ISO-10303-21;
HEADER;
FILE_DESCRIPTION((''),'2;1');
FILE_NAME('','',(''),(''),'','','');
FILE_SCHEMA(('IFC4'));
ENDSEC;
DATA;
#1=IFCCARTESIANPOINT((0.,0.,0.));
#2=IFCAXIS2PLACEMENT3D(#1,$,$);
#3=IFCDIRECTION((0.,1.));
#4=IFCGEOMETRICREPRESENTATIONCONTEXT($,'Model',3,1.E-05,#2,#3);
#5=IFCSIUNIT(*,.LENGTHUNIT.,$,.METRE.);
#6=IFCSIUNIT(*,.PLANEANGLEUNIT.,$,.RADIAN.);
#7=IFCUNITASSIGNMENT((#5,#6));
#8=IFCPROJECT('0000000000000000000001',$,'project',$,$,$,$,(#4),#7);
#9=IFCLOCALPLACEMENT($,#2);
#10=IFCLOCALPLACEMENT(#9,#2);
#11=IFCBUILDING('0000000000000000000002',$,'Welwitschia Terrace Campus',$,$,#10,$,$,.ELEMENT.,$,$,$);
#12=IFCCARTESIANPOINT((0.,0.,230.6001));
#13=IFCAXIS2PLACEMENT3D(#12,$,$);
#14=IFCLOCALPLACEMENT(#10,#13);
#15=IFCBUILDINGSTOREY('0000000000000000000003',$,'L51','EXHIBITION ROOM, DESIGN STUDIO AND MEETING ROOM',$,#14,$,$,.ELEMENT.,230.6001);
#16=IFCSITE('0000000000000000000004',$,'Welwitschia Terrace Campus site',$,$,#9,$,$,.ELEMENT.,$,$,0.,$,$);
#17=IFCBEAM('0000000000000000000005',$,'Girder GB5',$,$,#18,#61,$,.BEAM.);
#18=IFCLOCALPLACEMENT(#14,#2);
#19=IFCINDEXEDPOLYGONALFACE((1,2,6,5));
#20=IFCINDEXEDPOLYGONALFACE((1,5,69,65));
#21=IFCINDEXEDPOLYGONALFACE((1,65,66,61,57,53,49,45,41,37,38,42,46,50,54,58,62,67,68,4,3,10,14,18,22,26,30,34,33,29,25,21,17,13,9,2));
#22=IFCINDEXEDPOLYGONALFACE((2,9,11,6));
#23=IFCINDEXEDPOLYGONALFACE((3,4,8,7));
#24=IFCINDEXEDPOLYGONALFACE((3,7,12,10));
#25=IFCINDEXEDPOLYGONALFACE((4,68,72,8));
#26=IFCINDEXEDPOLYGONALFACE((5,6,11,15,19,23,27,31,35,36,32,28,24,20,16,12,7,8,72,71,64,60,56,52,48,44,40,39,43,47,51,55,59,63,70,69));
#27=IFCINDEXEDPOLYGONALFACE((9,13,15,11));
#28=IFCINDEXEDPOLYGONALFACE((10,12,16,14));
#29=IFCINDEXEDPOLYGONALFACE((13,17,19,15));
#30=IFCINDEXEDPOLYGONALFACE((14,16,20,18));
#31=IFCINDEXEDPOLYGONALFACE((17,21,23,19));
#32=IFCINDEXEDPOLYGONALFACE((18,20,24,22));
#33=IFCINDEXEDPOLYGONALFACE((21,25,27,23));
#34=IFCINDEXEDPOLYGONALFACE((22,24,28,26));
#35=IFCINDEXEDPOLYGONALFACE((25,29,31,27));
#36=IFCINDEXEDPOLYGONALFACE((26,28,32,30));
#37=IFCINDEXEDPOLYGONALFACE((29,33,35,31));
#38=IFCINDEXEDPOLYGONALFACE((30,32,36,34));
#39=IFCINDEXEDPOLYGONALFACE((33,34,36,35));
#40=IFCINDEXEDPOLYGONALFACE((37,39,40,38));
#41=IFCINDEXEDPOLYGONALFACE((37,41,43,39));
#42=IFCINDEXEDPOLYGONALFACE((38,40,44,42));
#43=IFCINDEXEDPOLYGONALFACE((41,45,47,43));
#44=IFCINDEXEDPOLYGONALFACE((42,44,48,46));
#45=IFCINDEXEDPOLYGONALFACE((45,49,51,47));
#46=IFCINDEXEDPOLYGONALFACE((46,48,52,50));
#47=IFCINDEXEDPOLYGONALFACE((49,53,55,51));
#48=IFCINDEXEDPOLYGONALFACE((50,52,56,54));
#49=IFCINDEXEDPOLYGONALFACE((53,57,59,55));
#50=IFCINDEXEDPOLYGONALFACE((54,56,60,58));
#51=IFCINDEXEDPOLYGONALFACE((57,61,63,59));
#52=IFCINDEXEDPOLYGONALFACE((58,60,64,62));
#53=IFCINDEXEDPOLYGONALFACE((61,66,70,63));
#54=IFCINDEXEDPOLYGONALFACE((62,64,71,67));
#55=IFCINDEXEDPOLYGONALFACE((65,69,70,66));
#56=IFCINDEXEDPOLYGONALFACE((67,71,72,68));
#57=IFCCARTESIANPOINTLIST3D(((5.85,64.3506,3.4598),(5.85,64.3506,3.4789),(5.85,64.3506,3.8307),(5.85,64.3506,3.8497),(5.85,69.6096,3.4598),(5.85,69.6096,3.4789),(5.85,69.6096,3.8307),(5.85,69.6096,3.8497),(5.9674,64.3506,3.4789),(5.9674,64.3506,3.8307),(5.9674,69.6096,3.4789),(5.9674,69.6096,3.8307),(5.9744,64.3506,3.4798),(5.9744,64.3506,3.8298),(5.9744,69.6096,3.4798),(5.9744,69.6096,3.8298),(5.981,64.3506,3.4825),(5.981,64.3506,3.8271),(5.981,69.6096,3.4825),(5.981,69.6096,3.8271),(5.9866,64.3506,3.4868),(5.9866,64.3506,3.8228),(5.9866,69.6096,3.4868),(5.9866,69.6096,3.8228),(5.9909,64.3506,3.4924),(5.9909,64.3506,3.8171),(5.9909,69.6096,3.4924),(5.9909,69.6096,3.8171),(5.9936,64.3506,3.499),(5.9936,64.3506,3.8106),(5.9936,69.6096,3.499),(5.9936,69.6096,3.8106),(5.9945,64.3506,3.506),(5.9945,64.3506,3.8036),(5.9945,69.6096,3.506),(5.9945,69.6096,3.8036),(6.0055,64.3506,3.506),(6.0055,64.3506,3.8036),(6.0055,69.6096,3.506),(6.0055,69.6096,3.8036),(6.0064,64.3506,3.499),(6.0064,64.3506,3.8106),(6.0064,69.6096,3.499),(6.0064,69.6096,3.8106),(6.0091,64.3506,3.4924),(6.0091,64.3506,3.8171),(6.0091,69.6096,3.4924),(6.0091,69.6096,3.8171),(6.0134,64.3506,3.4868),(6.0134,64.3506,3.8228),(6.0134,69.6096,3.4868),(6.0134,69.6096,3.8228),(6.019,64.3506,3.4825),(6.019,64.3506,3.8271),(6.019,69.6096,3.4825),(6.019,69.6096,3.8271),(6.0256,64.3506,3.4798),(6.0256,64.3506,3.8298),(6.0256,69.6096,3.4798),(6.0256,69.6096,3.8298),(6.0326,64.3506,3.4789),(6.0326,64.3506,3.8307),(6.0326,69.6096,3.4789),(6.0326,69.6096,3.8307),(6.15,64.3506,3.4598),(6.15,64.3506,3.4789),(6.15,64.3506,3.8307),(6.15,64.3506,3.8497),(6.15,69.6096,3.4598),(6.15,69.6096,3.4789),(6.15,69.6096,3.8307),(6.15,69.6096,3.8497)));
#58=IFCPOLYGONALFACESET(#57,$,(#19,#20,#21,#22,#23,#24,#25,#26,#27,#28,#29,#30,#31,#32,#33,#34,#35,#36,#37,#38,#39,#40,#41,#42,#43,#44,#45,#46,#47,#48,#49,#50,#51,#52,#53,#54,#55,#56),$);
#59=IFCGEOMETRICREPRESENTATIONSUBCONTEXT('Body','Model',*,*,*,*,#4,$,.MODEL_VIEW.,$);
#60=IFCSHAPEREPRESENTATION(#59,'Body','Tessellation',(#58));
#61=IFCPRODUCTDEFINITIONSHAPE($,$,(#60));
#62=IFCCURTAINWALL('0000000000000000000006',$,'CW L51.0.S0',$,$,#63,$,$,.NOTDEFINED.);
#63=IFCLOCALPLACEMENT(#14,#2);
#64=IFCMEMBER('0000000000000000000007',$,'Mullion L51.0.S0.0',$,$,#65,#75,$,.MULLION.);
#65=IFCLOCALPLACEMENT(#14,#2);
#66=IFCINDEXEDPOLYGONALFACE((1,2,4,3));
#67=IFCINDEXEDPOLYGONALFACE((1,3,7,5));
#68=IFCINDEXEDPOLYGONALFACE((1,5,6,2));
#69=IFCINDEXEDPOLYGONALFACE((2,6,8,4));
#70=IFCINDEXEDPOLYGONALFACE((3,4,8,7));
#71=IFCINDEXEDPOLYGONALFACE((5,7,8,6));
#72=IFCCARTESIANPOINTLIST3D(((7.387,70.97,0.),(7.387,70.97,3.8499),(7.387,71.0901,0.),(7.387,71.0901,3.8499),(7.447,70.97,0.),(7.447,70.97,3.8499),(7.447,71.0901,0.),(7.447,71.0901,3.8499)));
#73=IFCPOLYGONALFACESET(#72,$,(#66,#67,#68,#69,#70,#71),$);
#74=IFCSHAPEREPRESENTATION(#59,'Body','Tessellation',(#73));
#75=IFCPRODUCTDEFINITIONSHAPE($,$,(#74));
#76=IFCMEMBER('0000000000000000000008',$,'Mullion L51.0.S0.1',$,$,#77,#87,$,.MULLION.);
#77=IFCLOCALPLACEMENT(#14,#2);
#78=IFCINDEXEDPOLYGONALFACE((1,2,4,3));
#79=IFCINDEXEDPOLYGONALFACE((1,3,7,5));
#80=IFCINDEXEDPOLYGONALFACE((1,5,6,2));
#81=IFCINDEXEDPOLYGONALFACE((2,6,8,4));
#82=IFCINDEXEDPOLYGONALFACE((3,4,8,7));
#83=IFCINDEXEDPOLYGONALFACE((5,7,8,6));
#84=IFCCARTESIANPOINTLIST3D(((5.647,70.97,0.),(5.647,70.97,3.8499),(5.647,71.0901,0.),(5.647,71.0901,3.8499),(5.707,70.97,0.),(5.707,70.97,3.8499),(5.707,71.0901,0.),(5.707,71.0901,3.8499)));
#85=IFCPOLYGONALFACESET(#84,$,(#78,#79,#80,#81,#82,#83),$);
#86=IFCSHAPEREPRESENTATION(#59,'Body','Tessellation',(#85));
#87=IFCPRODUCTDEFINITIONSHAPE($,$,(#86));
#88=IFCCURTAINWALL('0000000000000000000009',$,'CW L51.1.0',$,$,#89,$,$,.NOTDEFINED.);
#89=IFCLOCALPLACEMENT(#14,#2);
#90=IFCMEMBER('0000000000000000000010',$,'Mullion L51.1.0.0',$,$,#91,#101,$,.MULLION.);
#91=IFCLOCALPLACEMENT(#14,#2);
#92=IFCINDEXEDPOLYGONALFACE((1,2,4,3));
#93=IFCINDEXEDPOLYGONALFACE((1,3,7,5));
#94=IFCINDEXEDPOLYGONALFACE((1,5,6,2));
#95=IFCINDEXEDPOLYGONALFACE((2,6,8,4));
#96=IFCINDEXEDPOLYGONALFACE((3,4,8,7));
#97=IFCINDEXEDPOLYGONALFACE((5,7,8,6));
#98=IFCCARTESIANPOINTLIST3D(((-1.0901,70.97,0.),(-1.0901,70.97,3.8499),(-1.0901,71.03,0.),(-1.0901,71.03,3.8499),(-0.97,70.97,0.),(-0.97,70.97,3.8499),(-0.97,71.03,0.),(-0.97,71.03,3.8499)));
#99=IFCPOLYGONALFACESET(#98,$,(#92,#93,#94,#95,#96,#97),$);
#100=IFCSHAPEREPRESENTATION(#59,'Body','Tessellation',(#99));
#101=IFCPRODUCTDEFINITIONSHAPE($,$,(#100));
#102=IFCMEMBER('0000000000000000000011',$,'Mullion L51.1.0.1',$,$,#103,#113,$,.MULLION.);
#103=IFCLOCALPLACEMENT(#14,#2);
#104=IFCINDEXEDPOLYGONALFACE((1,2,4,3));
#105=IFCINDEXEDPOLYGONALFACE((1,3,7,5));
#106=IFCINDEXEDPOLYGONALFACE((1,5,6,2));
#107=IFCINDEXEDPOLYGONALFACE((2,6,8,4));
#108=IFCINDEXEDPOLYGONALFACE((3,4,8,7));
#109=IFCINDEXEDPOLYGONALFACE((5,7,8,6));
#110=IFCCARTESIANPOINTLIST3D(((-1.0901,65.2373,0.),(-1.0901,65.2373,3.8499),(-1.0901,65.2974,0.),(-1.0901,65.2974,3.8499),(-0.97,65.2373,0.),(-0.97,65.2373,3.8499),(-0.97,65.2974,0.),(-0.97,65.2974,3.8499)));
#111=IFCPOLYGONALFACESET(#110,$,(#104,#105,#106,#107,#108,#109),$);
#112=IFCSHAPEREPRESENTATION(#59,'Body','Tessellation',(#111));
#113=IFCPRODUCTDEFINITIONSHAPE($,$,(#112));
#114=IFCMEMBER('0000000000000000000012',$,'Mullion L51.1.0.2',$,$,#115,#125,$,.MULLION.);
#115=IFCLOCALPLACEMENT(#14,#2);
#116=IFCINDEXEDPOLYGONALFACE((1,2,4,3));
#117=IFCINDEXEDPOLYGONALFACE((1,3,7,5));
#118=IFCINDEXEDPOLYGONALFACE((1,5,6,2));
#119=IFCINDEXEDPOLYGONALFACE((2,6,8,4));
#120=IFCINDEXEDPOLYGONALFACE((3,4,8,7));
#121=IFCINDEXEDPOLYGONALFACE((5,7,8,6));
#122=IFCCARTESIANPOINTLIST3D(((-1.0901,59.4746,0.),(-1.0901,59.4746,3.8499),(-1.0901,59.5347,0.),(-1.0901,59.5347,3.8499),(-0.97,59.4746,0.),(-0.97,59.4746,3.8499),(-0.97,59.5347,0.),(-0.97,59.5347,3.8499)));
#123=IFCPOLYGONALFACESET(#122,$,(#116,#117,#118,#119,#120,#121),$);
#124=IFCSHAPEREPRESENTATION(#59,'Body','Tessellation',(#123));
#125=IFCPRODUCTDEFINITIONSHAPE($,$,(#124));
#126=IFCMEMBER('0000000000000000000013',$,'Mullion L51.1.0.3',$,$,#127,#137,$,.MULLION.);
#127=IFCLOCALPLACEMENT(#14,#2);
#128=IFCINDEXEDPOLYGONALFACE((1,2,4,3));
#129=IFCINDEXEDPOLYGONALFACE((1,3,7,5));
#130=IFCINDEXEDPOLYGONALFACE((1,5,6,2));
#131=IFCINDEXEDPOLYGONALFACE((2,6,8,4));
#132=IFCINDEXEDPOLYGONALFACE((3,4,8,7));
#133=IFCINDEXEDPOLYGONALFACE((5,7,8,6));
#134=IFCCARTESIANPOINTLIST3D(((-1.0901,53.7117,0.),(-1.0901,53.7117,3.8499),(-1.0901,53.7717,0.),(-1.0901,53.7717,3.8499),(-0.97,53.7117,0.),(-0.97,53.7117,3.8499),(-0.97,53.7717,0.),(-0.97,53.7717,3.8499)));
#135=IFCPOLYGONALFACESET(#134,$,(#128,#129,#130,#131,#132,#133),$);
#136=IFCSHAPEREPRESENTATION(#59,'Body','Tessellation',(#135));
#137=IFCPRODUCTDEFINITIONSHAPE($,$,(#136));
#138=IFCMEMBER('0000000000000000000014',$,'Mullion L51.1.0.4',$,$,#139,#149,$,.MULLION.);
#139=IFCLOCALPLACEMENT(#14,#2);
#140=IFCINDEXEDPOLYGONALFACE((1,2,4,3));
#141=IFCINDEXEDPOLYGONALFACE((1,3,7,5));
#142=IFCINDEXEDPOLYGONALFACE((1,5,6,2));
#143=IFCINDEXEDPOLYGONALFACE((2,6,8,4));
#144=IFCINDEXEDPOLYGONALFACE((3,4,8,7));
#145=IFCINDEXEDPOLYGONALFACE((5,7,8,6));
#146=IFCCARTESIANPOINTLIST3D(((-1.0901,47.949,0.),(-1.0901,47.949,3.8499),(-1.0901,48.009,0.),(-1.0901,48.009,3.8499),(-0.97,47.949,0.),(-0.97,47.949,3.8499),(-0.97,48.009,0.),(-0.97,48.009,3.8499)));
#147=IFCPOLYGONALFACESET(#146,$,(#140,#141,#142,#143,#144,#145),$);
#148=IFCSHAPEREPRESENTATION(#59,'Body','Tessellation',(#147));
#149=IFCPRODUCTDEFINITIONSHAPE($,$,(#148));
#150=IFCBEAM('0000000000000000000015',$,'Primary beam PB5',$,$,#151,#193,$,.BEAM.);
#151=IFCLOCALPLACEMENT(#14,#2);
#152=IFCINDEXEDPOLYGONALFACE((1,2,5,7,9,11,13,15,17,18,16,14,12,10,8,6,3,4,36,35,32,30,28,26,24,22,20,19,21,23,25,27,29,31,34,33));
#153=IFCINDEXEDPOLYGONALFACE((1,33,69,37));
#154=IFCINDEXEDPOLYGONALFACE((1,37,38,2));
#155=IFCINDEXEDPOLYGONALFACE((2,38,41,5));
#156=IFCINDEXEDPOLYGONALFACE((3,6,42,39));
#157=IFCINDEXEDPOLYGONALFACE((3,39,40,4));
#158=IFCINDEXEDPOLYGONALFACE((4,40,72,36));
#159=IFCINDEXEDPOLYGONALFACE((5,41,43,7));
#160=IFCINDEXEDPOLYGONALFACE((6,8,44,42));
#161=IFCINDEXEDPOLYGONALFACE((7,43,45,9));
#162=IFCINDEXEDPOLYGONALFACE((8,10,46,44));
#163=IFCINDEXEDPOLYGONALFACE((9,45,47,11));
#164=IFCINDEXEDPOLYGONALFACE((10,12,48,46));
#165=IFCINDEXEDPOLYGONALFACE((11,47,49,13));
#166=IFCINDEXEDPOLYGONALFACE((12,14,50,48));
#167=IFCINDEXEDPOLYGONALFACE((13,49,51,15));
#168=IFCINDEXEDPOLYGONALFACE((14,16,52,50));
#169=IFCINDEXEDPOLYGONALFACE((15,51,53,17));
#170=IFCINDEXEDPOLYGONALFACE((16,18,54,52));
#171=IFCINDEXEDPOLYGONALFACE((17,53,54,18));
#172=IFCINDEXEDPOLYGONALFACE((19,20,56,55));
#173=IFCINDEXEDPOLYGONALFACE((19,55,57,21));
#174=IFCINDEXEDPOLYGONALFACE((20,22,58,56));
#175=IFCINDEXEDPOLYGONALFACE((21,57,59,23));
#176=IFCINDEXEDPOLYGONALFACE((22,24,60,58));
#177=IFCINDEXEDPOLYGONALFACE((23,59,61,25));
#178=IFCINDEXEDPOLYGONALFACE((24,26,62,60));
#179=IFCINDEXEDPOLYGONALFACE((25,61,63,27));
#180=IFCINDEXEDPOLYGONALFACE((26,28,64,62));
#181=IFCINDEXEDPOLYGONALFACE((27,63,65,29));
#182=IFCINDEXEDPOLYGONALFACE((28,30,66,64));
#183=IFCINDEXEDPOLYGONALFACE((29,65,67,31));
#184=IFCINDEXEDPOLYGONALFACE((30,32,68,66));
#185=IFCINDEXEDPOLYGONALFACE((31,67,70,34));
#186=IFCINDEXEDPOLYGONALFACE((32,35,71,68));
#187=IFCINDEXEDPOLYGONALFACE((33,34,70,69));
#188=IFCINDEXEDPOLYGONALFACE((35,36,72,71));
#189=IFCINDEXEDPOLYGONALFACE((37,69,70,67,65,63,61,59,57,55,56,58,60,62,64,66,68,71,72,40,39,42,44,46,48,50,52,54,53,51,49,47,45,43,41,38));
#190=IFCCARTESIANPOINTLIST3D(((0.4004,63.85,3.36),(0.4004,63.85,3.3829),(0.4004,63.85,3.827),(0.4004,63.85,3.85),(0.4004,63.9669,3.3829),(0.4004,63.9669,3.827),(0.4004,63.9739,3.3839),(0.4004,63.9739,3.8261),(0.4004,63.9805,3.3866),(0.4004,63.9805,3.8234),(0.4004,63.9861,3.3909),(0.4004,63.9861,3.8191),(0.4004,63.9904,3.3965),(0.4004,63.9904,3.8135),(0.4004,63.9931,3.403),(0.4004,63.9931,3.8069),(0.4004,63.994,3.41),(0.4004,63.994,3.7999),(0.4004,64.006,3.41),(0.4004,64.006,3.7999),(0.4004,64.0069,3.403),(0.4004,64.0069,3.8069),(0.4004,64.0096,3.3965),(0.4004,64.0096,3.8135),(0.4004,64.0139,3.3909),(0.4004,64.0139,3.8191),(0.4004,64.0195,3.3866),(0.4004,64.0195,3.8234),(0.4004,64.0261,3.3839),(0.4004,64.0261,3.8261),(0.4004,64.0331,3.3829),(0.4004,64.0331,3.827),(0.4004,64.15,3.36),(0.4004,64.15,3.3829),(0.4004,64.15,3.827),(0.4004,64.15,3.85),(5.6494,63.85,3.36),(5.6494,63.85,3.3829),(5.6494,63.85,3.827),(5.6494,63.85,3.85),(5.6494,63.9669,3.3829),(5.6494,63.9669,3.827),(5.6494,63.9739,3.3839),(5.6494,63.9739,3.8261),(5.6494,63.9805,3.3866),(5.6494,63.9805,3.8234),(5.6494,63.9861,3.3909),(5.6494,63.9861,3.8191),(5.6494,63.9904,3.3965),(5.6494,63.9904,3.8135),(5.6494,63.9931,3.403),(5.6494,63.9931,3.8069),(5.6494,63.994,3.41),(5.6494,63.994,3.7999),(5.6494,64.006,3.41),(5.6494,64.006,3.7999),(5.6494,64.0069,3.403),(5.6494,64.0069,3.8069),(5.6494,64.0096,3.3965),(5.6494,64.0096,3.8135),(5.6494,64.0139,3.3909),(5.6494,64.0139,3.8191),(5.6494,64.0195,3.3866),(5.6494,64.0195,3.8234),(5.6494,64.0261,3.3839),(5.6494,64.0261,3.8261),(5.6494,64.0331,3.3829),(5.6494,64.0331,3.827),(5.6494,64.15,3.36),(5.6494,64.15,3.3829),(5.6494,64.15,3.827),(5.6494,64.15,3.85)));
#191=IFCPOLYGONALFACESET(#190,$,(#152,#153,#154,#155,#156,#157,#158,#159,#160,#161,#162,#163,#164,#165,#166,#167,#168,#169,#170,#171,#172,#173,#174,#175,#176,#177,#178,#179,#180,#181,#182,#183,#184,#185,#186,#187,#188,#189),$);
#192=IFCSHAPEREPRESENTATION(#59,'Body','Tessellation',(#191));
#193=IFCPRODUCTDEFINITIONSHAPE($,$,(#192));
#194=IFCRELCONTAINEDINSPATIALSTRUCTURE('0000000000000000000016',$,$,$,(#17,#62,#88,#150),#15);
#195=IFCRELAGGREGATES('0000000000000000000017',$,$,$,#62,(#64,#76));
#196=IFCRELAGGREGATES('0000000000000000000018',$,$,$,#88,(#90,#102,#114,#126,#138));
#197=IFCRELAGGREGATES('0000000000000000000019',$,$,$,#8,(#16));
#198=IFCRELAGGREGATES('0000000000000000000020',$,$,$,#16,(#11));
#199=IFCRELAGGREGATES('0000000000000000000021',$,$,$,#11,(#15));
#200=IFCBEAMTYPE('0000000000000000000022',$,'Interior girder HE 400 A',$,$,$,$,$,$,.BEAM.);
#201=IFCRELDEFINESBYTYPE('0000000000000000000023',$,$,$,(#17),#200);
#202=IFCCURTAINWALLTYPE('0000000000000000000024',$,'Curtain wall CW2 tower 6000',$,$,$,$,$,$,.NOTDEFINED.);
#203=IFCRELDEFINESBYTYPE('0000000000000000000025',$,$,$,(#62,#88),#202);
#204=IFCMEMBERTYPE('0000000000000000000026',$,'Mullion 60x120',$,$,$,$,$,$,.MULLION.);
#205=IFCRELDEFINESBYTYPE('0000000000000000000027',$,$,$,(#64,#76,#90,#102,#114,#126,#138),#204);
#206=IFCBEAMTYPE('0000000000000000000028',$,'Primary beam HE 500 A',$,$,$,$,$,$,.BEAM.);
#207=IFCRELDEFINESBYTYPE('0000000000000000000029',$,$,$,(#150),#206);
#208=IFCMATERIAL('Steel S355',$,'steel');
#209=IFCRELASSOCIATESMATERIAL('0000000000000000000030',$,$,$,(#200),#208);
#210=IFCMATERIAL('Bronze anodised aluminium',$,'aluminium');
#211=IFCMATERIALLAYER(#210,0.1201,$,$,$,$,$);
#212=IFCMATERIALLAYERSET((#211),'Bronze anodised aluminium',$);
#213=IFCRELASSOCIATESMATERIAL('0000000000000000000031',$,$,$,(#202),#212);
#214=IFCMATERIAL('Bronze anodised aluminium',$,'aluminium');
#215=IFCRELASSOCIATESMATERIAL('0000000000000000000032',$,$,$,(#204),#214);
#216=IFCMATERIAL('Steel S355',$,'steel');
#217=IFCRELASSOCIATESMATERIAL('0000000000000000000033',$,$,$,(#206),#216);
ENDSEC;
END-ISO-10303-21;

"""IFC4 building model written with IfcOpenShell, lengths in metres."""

from ifc_helpers import new_model, si_unit, direction, frame, origin, origin_2d, place, context, subcontext, project, spatial, rectangle, i_section, extrude, material, layer, layer_set, material_profile, profile_set, type_object, element, aggregate, save


model = new_model("IFC4")

# Units and contexts
model_context = context("Model", 3, precision=1e-05, world=origin(), true_north=direction((0.0, 1.0)))
body_context = subcontext(model_context, "Body", "Model", "MODEL_VIEW")
ifc_project = project(units=[si_unit("LENGTHUNIT", "METRE"), si_unit("PLANEANGLEUNIT", "RADIAN")], contexts=[model_context])

# Site, building, storey
site_placement = place(None, origin())
site = spatial("IfcSite", under=ifc_project, at=site_placement, Name="Welwitschia Terrace Campus site", CompositionType="ELEMENT", RefElevation=0.0)
building_placement = place(site_placement, origin())
building = spatial("IfcBuilding", under=site, at=building_placement, Name="Welwitschia Terrace Campus", CompositionType="ELEMENT")
storey_placement = place(building_placement, frame((0.0, 0.0, 230.6001)))
storey = spatial("IfcBuildingStorey", under=building, at=storey_placement, Name="L51", Description="EXHIBITION ROOM, DESIGN STUDIO AND MEETING ROOM", CompositionType="ELEMENT", Elevation=230.6001)

# Beam
ifc_material_1 = material(Name="Steel S355", Category="steel")
ifc_material_profile_1 = material_profile(ifc_material_1, i_section(OverallWidth=0.3, OverallDepth=0.3899, WebThickness=0.011, FlangeThickness=0.019, FilletRadius=0.0271, at=origin_2d()))
ifc_profile_set_1 = profile_set([ifc_material_profile_1], Name="Steel S355")
beam_type_1 = type_object("IfcBeamType", Name="Interior girder HE 400 A", PredefinedType="BEAM", material=ifc_profile_set_1)
beam_1_placement = place(storey_placement, frame((6.0, 64.3506, 3.6548), z_axis=(0.0, 1.0, 0.0), x_axis=(-1.0, 0.0, 0.0)))
element("IfcBeam", 1, at=beam_1_placement, inside=storey, type_object=beam_type_1, Name="Girder GB5", PredefinedType="BEAM", context=body_context, shape_type="SweptSolid", body=[
    extrude(i_section(OverallWidth=0.3, OverallDepth=0.3899, WebThickness=0.011, FlangeThickness=0.019, FilletRadius=0.0271, at=origin_2d()), origin(), (0.0, 0.0, 1.0), 5.259),
])

# Curtain walls, members
ifc_material_2 = material(Name="Bronze anodised aluminium", Category="aluminium")
ifc_layer_1 = layer(ifc_material_2, 0.1201)
ifc_layer_set_1 = layer_set([ifc_layer_1], Name="Bronze anodised aluminium")
curtain_wall_type = type_object("IfcCurtainWallType", Name="Curtain wall CW2 tower 6000", PredefinedType="NOTDEFINED", material=ifc_layer_set_1)
curtain_wall_1_placement = place(storey_placement, origin())
curtain_wall_1 = element("IfcCurtainWall", 2, at=curtain_wall_1_placement, inside=storey, type_object=curtain_wall_type, Name="CW L51.0.S0", PredefinedType="NOTDEFINED")
ifc_material_3 = material(Name="Bronze anodised aluminium", Category="aluminium")
ifc_material_profile_2 = material_profile(ifc_material_3, rectangle(XDim=0.1201, YDim=0.0601, at=origin_2d()))
ifc_profile_set_2 = profile_set([ifc_material_profile_2], Name="Bronze anodised aluminium")
member_type_1 = type_object("IfcMemberType", Name="Mullion 60x120", PredefinedType="MULLION", material=ifc_profile_set_2)
member_1_placement = place(storey_placement, frame((7.417, 71.03, 0.0), z_axis=(0.0, 0.0, 1.0), x_axis=(0.0, -1.0, 0.0)))
member_1 = element("IfcMember", 3, at=member_1_placement, type_object=member_type_1, Name="Mullion L51.0.S0.0", PredefinedType="MULLION", context=body_context, shape_type="SweptSolid", body=[
    extrude(rectangle(XDim=0.1201, YDim=0.0601, at=origin_2d()), origin(), (0.0, 0.0, 1.0), 3.8499),
])
member_2_placement = place(storey_placement, frame((5.677, 71.03, 0.0), z_axis=(0.0, 0.0, 1.0), x_axis=(0.0, -1.0, 0.0)))
member_2 = element("IfcMember", 4, at=member_2_placement, type_object=member_type_1, Name="Mullion L51.0.S0.1", PredefinedType="MULLION", context=body_context, shape_type="SweptSolid", body=[
    extrude(rectangle(XDim=0.1201, YDim=0.0601, at=origin_2d()), origin(), (0.0, 0.0, 1.0), 3.8499),
])
curtain_wall_2_placement = place(storey_placement, origin())
curtain_wall_2 = element("IfcCurtainWall", 5, at=curtain_wall_2_placement, inside=storey, type_object=curtain_wall_type, Name="CW L51.1.0", PredefinedType="NOTDEFINED")
member_3_placement = place(storey_placement, frame((-1.03, 71.0, 0.0), z_axis=(0.0, 0.0, 1.0), x_axis=(1.0, 0.0, 0.0)))
member_3 = element("IfcMember", 6, at=member_3_placement, type_object=member_type_1, Name="Mullion L51.1.0.0", PredefinedType="MULLION", context=body_context, shape_type="SweptSolid", body=[
    extrude(rectangle(XDim=0.1201, YDim=0.0601, at=origin_2d()), origin(), (0.0, 0.0, 1.0), 3.8499),
])
member_4_placement = place(storey_placement, frame((-1.03, 65.2673, 0.0), z_axis=(0.0, 0.0, 1.0), x_axis=(1.0, 0.0, 0.0)))
member_4 = element("IfcMember", 7, at=member_4_placement, type_object=member_type_1, Name="Mullion L51.1.0.1", PredefinedType="MULLION", context=body_context, shape_type="SweptSolid", body=[
    extrude(rectangle(XDim=0.1201, YDim=0.0601, at=origin_2d()), origin(), (0.0, 0.0, 1.0), 3.8499),
])
member_5_placement = place(storey_placement, frame((-1.03, 59.5046, 0.0), z_axis=(0.0, 0.0, 1.0), x_axis=(1.0, 0.0, 0.0)))
member_5 = element("IfcMember", 8, at=member_5_placement, type_object=member_type_1, Name="Mullion L51.1.0.2", PredefinedType="MULLION", context=body_context, shape_type="SweptSolid", body=[
    extrude(rectangle(XDim=0.1201, YDim=0.0601, at=origin_2d()), origin(), (0.0, 0.0, 1.0), 3.8499),
])
member_6_placement = place(storey_placement, frame((-1.03, 53.7417, 0.0), z_axis=(0.0, 0.0, 1.0), x_axis=(1.0, 0.0, 0.0)))
member_6 = element("IfcMember", 9, at=member_6_placement, type_object=member_type_1, Name="Mullion L51.1.0.3", PredefinedType="MULLION", context=body_context, shape_type="SweptSolid", body=[
    extrude(rectangle(XDim=0.1201, YDim=0.0601, at=origin_2d()), origin(), (0.0, 0.0, 1.0), 3.8499),
])
member_7_placement = place(storey_placement, frame((-1.03, 47.979, 0.0), z_axis=(0.0, 0.0, 1.0), x_axis=(1.0, 0.0, 0.0)))
member_7 = element("IfcMember", 10, at=member_7_placement, type_object=member_type_1, Name="Mullion L51.1.0.4", PredefinedType="MULLION", context=body_context, shape_type="SweptSolid", body=[
    extrude(rectangle(XDim=0.1201, YDim=0.0601, at=origin_2d()), origin(), (0.0, 0.0, 1.0), 3.8499),
])

# Beam
ifc_material_4 = material(Name="Steel S355", Category="steel")
ifc_material_profile_3 = material_profile(ifc_material_4, i_section(OverallWidth=0.3, OverallDepth=0.49, WebThickness=0.012, FlangeThickness=0.0229, FilletRadius=0.0271, at=origin_2d()))
ifc_profile_set_3 = profile_set([ifc_material_profile_3], Name="Steel S355")
beam_type_2 = type_object("IfcBeamType", Name="Primary beam HE 500 A", PredefinedType="BEAM", material=ifc_profile_set_3)
for number, where, z_axis, x_axis, name in (
    (11, (0.4004, 64.0, 3.605), (1.0, 0.0, 0.0), (0.0, 1.0, 0.0), "Primary beam PB5"),
):
    element("IfcBeam", number, at=place(storey_placement, frame(where, z_axis=z_axis, x_axis=x_axis)), inside=storey, type_object=beam_type_2, Name=name, PredefinedType="BEAM", context=body_context, shape_type="SweptSolid", body=[
        extrude(i_section(OverallWidth=0.3, OverallDepth=0.49, WebThickness=0.012, FlangeThickness=0.0229, FilletRadius=0.0271, at=origin_2d()), origin(), (0.0, 0.0, 1.0), 5.249),
    ])

aggregate(curtain_wall_1, [member_1, member_2])
aggregate(curtain_wall_2, [member_3, member_4, member_5, member_6, member_7])

save(model, "model.ifc")
